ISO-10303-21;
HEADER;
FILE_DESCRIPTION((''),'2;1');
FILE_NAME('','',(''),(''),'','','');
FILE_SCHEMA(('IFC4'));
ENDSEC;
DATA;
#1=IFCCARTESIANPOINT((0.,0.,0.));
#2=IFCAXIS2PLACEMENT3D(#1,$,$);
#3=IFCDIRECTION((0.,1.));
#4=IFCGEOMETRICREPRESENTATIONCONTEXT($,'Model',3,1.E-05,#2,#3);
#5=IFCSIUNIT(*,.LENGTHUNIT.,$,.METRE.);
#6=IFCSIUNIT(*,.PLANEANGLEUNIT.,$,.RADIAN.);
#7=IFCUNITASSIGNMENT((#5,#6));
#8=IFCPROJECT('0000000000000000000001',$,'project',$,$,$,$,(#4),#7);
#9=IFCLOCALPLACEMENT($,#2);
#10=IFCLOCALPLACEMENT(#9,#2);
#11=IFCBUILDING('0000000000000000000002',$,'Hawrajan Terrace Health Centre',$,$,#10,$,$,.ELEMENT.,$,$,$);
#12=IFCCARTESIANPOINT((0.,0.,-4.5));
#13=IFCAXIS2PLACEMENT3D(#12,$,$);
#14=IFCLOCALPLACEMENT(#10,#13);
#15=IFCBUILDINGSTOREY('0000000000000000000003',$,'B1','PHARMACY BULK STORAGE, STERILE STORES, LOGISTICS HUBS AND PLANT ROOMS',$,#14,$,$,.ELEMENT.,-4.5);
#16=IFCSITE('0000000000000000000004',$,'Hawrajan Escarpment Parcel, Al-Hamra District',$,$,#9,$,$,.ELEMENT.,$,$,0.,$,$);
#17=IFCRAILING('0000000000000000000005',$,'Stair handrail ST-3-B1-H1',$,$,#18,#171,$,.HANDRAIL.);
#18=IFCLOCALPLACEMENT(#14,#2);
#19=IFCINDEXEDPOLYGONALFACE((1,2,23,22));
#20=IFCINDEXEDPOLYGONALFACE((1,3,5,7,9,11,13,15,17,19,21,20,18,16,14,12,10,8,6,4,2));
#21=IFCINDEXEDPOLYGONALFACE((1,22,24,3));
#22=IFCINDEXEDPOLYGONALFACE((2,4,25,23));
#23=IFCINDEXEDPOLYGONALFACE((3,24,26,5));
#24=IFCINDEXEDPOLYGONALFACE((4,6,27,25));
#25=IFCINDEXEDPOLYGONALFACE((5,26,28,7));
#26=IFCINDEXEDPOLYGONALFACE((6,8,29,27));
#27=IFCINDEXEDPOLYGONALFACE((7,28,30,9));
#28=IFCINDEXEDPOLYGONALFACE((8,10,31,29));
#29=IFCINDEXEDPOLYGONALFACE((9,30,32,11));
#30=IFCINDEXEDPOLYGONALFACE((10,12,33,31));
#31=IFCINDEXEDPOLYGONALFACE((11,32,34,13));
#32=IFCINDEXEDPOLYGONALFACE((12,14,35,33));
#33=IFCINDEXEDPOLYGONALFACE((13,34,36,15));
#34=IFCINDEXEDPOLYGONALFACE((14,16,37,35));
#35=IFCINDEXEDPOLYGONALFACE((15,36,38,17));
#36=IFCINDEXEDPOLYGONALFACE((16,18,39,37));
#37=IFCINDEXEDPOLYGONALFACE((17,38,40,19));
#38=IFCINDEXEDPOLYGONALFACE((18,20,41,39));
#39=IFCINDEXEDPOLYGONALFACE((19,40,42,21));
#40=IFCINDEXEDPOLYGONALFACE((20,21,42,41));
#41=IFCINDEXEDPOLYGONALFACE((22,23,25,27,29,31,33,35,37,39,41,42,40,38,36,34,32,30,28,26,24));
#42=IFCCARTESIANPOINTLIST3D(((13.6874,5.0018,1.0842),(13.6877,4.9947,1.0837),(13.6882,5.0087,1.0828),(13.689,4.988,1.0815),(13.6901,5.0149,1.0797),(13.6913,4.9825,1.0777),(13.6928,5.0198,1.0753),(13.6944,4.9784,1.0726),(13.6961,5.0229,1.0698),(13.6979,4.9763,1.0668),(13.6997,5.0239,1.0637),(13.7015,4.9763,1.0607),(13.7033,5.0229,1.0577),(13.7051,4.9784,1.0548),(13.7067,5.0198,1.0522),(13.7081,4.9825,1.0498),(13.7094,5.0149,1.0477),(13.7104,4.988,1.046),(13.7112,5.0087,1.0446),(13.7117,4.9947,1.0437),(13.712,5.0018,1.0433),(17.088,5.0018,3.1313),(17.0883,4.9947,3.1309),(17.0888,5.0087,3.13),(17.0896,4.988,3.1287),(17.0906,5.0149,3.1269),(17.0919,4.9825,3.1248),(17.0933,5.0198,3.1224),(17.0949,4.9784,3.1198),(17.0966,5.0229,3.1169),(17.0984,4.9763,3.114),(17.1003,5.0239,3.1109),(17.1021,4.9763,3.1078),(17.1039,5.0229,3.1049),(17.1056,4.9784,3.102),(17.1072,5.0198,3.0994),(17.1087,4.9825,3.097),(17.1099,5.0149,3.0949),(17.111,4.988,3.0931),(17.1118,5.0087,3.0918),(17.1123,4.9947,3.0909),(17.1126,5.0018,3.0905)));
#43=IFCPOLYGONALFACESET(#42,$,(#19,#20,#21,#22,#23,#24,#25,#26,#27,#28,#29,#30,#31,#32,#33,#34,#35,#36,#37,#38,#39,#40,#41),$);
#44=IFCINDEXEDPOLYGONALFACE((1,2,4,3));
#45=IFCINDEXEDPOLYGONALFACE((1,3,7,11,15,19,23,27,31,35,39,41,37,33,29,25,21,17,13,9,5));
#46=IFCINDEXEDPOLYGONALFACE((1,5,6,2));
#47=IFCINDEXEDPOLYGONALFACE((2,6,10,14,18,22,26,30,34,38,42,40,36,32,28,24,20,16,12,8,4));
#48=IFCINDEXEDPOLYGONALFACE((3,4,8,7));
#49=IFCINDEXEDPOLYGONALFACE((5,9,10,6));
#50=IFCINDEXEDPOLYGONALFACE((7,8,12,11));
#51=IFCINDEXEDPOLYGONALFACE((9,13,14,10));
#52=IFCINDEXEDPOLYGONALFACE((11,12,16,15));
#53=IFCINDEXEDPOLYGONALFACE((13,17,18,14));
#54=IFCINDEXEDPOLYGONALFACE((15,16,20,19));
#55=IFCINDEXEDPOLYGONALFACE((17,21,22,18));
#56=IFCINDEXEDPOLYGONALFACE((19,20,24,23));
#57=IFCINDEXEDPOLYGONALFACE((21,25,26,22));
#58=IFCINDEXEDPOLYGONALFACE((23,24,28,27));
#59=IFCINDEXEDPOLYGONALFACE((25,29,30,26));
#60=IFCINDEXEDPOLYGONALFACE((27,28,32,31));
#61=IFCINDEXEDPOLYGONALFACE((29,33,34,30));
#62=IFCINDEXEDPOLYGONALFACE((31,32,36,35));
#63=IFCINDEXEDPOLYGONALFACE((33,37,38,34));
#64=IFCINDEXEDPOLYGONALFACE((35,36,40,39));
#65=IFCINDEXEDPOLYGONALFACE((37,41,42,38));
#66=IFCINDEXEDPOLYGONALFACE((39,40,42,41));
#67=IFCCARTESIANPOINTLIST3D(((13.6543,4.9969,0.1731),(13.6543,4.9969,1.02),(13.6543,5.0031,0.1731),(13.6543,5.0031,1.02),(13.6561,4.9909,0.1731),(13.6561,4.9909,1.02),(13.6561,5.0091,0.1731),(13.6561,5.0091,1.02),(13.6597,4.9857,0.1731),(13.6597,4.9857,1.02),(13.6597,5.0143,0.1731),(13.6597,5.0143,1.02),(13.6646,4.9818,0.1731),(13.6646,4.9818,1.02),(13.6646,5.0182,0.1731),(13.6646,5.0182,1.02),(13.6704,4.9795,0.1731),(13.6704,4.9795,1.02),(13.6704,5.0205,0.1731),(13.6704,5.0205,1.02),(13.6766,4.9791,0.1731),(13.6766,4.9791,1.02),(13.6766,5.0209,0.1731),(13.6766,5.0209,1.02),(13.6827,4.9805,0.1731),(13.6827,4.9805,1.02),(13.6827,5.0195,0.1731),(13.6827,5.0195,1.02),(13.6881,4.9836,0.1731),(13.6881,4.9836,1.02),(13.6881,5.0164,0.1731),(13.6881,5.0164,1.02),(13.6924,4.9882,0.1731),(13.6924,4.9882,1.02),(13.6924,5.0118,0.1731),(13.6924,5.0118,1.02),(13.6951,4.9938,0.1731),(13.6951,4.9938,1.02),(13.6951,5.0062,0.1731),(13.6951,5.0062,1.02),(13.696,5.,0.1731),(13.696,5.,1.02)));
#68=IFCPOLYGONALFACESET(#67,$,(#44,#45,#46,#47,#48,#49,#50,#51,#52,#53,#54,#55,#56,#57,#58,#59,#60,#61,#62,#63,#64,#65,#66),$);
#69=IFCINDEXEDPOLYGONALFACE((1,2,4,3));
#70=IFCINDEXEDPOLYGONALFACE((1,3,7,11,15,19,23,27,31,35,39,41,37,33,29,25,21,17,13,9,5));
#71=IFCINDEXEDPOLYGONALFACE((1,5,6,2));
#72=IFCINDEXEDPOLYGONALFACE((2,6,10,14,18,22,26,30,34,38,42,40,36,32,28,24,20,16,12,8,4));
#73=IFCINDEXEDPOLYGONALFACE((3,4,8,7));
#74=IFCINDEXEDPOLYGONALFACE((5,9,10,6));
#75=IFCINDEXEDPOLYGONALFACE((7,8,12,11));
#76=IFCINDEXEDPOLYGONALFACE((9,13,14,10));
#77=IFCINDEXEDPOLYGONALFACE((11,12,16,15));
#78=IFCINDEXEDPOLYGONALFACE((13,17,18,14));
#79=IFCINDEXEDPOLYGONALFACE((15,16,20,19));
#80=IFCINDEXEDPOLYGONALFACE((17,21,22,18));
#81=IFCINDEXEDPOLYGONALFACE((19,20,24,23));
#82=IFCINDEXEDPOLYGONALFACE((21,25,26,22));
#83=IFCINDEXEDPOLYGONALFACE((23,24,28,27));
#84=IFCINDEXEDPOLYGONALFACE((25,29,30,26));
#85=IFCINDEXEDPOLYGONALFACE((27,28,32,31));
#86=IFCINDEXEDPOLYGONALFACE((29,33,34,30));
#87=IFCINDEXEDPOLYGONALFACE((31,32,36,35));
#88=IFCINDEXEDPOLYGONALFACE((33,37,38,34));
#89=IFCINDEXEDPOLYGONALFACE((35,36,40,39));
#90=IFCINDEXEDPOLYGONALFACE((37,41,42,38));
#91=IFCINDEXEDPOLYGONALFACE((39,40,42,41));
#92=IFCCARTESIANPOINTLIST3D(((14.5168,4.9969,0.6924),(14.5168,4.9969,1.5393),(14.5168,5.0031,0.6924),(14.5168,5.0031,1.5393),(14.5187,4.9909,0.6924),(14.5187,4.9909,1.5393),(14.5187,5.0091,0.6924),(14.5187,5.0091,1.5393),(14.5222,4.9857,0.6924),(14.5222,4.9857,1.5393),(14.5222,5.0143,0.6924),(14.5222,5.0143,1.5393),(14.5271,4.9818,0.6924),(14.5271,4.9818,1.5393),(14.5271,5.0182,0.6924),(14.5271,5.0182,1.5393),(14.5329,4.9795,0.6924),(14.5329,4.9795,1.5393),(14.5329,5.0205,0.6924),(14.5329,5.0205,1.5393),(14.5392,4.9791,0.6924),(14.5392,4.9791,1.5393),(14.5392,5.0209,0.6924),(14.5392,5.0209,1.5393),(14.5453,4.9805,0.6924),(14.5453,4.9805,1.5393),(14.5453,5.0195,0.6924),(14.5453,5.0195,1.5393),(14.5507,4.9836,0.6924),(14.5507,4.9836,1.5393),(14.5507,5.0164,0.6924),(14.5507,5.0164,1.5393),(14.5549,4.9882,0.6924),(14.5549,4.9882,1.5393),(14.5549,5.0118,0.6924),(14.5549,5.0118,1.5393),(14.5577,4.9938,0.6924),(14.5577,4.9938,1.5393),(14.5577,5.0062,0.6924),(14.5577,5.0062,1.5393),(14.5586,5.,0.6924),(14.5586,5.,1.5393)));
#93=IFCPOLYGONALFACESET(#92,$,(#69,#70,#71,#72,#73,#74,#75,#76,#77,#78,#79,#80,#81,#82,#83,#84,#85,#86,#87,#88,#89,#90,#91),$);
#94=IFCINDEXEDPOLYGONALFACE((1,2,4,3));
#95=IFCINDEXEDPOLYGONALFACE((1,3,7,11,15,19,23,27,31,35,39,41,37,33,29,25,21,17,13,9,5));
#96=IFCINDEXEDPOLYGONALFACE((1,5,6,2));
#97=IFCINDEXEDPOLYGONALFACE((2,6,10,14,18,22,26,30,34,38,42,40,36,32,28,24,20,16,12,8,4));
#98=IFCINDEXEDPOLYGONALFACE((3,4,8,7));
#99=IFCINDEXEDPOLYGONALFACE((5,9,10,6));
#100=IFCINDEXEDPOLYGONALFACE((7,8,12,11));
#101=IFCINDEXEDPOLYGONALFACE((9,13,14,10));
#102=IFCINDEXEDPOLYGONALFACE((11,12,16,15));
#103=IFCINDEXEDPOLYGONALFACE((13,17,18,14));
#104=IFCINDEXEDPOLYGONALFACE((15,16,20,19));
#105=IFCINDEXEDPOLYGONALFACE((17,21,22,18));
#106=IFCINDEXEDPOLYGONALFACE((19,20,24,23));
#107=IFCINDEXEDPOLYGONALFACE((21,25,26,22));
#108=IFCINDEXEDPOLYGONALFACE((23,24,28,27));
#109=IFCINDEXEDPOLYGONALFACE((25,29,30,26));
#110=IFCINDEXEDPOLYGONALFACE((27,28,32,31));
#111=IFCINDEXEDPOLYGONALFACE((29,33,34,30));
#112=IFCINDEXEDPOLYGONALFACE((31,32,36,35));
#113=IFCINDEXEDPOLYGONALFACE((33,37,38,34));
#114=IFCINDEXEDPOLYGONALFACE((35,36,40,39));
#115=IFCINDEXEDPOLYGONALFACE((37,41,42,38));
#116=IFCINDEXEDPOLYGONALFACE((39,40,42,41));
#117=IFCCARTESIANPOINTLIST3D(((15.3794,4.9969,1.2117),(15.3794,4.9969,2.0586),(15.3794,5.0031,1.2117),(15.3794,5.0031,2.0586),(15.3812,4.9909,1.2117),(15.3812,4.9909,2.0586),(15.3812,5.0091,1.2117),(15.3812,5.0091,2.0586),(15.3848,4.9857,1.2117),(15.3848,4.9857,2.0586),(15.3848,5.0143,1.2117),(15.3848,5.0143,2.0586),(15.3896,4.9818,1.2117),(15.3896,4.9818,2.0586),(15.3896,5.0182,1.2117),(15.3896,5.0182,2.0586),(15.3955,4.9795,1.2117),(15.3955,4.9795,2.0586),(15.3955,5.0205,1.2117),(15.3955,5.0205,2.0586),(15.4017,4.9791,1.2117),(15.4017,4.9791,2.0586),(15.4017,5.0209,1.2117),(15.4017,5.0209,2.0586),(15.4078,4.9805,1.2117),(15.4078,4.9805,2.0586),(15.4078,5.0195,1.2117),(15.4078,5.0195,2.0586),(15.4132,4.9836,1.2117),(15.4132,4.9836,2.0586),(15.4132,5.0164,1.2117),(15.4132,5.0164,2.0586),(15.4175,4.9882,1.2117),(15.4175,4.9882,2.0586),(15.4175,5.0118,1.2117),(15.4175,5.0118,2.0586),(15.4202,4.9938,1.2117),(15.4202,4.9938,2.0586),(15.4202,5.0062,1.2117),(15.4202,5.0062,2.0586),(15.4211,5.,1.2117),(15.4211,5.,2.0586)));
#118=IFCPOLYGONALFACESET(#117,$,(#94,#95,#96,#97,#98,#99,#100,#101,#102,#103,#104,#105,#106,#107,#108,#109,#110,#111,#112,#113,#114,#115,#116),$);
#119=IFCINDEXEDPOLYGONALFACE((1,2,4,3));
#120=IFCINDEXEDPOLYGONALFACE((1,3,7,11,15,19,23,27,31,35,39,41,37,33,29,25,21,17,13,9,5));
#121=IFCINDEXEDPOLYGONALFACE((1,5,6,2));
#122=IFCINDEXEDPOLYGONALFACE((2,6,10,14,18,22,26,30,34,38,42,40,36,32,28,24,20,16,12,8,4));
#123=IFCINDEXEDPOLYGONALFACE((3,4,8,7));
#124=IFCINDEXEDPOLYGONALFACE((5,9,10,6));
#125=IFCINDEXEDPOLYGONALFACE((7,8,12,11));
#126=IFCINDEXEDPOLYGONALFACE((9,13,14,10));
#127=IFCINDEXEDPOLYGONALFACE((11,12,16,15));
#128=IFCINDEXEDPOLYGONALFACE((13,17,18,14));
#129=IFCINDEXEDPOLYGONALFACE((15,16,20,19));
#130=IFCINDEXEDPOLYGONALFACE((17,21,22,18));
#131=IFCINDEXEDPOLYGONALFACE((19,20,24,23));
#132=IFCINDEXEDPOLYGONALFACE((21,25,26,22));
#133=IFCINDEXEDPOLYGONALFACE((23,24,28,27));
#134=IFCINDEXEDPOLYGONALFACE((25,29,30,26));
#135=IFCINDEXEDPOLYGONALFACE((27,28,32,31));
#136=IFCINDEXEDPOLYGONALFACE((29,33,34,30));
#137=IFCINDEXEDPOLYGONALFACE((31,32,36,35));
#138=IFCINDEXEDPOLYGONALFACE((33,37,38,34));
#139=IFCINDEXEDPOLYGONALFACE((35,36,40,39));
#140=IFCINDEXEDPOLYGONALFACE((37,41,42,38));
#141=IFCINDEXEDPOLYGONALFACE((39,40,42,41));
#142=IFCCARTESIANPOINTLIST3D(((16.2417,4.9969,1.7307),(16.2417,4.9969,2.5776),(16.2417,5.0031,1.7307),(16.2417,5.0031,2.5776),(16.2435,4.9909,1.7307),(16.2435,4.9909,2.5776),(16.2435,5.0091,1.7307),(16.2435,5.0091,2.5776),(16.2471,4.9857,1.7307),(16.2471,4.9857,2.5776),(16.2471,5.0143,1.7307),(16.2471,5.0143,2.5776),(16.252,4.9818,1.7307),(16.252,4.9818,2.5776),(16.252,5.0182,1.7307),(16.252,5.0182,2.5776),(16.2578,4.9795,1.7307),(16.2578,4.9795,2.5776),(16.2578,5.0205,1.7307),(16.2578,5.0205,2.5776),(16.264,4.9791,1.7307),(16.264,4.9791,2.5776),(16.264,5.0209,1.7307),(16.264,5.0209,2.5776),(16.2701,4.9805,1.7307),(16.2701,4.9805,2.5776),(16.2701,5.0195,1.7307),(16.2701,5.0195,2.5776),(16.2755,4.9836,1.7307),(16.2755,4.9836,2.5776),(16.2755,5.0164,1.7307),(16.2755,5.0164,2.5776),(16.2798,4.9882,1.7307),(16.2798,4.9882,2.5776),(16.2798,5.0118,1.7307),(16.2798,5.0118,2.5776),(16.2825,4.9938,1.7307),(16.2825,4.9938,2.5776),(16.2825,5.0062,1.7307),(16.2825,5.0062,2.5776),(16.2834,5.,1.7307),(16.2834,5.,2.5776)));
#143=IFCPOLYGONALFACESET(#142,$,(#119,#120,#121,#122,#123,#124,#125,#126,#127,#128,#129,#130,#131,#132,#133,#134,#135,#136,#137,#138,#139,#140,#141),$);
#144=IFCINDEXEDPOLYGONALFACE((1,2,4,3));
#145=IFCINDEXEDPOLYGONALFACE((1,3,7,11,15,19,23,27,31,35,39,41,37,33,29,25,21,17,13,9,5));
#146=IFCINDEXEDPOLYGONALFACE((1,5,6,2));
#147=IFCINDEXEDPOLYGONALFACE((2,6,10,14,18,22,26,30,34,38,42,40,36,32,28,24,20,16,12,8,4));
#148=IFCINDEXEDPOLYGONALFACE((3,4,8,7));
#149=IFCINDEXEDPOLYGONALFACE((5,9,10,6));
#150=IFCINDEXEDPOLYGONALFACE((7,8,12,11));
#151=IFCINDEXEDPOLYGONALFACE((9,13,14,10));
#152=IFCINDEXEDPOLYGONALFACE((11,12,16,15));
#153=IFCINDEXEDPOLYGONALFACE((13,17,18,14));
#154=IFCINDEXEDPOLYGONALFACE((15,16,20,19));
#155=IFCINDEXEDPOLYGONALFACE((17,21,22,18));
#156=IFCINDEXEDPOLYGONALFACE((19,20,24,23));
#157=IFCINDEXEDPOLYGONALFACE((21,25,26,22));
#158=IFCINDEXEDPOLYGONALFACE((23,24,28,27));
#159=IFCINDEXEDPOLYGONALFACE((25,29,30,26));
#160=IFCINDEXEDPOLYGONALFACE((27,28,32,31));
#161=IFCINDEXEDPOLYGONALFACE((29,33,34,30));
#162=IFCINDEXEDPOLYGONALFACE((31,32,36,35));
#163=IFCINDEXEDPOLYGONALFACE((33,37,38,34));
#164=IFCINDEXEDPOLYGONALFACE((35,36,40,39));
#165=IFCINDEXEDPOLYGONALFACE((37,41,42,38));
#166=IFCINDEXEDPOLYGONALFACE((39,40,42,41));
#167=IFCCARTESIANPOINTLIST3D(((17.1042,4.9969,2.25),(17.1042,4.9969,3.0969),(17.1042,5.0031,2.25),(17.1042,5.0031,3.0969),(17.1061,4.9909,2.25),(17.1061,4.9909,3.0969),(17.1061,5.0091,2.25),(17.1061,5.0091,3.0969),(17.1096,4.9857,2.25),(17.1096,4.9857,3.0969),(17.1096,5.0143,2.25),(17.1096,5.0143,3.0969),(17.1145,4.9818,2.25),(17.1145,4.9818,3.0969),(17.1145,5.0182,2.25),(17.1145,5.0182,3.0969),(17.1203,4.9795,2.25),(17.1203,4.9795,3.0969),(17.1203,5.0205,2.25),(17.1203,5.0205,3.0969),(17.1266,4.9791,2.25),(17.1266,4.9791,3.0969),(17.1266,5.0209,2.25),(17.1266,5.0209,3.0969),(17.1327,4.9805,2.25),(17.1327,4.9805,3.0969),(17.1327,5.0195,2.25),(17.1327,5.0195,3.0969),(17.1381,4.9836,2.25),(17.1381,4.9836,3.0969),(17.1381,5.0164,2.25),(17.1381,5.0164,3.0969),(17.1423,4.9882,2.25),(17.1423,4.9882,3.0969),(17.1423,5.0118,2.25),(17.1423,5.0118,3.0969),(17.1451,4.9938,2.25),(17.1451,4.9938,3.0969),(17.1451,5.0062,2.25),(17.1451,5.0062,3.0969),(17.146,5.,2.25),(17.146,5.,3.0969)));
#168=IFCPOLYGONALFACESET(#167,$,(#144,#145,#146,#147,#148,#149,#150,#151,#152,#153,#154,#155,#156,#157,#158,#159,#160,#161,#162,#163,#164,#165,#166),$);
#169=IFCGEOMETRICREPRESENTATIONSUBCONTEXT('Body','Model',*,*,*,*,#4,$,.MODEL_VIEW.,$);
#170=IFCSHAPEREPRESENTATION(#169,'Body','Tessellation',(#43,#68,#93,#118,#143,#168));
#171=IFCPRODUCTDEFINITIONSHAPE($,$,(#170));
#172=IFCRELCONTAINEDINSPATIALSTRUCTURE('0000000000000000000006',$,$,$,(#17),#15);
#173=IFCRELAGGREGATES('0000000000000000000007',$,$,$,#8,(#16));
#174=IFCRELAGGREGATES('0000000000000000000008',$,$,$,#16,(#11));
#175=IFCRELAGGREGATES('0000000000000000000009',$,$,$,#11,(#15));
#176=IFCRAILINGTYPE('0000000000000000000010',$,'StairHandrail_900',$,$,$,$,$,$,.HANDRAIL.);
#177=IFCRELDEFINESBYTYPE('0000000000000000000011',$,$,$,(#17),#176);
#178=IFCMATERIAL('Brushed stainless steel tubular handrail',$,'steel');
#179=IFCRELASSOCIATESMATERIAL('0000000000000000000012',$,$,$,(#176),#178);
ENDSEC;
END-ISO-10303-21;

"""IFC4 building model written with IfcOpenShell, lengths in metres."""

from ifc_helpers import new_model, si_unit, direction, frame, origin, origin_2d, place, context, subcontext, project, spatial, circle, extrude, material, type_object, element, save


model = new_model("IFC4")

# Units and contexts
model_context = context("Model", 3, precision=1e-05, world=origin(), true_north=direction((0.0, 1.0)))
body_context = subcontext(model_context, "Body", "Model", "MODEL_VIEW")
ifc_project = project(units=[si_unit("LENGTHUNIT", "METRE"), si_unit("PLANEANGLEUNIT", "RADIAN")], contexts=[model_context])

# Site, building, storey
site_placement = place(None, origin())
site = spatial("IfcSite", under=ifc_project, at=site_placement, Name="Hawrajan Escarpment Parcel, Al-Hamra District", CompositionType="ELEMENT", RefElevation=0.0)
building_placement = place(site_placement, origin())
building = spatial("IfcBuilding", under=site, at=building_placement, Name="Hawrajan Terrace Health Centre", CompositionType="ELEMENT")
storey_placement = place(building_placement, frame((0.0, 0.0, -4.5)))
storey = spatial("IfcBuildingStorey", under=building, at=storey_placement, Name="B1", Description="PHARMACY BULK STORAGE, STERILE STORES, LOGISTICS HUBS AND PLANT ROOMS", CompositionType="ELEMENT", Elevation=-4.5)

# Railing
ifc_material_1 = material(Name="Brushed stainless steel tubular handrail", Category="steel")
railing_type_1 = type_object("IfcRailingType", Name="StairHandrail_900", PredefinedType="HANDRAIL", material=ifc_material_1)
railing_1_placement = place(storey_placement, frame((13.675, 5.0, 0.1731)))
element("IfcRailing", 1, at=railing_1_placement, inside=storey, type_object=railing_type_1, Name="Stair handrail ST-3-B1-H1", PredefinedType="HANDRAIL", context=body_context, shape_type="SweptSolid", body=[
    extrude(circle(Radius=0.0239, at=origin_2d()), frame((0.0247, 0.0, 0.8906), z_axis=(0.856732, 0.0, 0.515761), x_axis=(0.0, 1.0, 0.0)), (0.0, 0.0, 1.0), 3.9692),
    extrude(circle(Radius=0.021, at=origin_2d()), origin(), (0.0, 0.0, 1.0), 0.8469),
    extrude(circle(Radius=0.021, at=origin_2d()), frame((0.8625, 0.0, 0.5193)), (0.0, 0.0, 1.0), 0.8469),
    extrude(circle(Radius=0.021, at=origin_2d()), frame((1.7251, 0.0, 1.0386)), (0.0, 0.0, 1.0), 0.8469),
    extrude(circle(Radius=0.021, at=origin_2d()), frame((2.5874, 0.0, 1.5576)), (0.0, 0.0, 1.0), 0.8469),
    extrude(circle(Radius=0.021, at=origin_2d()), frame((3.45, 0.0, 2.0769)), (0.0, 0.0, 1.0), 0.8469),
])

save(model, "model.ifc")
